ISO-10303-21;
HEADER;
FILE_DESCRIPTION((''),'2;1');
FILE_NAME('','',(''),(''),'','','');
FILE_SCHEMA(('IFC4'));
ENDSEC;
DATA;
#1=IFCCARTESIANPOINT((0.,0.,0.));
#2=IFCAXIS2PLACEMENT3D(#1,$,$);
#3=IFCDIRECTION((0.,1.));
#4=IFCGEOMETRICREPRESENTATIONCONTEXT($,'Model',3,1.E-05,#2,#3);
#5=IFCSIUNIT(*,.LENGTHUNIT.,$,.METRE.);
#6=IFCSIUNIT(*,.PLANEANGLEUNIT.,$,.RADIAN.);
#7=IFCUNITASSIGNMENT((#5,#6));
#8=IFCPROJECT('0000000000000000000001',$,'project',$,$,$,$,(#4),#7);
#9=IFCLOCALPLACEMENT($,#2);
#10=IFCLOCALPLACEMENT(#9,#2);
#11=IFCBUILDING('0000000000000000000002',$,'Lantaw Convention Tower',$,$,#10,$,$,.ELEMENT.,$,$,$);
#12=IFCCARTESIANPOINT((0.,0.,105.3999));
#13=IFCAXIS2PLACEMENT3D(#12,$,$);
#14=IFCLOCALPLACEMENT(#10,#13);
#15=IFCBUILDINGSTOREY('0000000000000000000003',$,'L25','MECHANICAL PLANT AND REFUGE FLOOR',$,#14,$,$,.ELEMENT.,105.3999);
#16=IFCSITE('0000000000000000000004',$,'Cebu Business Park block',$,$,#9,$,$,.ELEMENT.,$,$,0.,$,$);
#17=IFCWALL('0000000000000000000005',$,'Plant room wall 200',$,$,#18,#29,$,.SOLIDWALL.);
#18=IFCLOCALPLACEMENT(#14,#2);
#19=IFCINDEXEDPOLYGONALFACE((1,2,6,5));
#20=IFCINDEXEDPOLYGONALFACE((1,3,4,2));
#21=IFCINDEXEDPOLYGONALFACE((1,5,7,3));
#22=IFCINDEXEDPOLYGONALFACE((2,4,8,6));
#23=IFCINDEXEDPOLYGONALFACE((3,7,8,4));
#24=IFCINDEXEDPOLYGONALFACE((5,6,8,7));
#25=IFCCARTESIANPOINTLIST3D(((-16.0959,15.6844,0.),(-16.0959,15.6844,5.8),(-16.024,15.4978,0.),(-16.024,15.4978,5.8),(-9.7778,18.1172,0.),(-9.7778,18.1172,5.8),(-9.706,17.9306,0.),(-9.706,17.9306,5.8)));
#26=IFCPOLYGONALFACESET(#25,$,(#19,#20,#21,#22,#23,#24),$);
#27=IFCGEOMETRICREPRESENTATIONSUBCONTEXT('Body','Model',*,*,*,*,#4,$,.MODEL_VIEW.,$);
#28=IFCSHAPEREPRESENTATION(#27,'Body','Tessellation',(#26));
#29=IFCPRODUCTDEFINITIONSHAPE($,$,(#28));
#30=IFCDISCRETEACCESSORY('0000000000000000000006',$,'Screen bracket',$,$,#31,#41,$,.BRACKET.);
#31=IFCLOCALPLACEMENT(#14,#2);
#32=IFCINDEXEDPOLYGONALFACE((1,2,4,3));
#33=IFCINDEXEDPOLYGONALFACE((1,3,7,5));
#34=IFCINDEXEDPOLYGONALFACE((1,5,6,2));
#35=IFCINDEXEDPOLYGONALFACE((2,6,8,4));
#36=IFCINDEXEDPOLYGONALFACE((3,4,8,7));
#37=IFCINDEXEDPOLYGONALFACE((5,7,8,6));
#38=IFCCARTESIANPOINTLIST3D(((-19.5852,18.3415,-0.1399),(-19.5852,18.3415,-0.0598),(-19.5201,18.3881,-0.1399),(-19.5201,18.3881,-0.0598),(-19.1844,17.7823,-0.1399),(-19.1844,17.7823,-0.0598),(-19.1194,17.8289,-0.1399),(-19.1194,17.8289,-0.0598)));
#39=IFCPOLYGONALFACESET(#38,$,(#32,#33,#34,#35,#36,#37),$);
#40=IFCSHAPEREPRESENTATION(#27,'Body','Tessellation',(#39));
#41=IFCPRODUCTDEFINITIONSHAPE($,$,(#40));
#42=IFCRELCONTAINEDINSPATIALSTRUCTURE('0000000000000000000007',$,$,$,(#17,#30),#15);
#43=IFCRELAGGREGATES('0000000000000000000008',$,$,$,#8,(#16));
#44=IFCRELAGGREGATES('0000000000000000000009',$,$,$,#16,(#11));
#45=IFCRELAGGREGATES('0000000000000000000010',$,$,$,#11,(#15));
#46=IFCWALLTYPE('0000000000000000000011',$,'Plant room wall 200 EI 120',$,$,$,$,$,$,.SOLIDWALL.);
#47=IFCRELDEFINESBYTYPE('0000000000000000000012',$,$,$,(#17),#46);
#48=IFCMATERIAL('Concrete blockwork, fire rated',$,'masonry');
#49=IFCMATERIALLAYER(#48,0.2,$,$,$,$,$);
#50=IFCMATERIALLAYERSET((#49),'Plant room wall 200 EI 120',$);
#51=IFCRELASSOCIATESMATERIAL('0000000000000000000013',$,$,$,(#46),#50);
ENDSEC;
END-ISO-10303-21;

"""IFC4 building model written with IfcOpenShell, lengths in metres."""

from ifc_helpers import new_model, si_unit, direction, frame, frame_2d, origin, origin_2d, place, context, subcontext, project, spatial, rectangle, extrude, material, layer, layer_set, type_object, element, save


model = new_model("IFC4")

# Units and contexts
model_context = context("Model", 3, precision=1e-05, world=origin(), true_north=direction((0.0, 1.0)))
body_context = subcontext(model_context, "Body", "Model", "MODEL_VIEW")
ifc_project = project(units=[si_unit("LENGTHUNIT", "METRE"), si_unit("PLANEANGLEUNIT", "RADIAN")], contexts=[model_context])

# Site, building, storey
site_placement = place(None, origin())
site = spatial("IfcSite", under=ifc_project, at=site_placement, Name="Cebu Business Park block", CompositionType="ELEMENT", RefElevation=0.0)
building_placement = place(site_placement, origin())
building = spatial("IfcBuilding", under=site, at=building_placement, Name="Lantaw Convention Tower", CompositionType="ELEMENT")
storey_placement = place(building_placement, frame((0.0, 0.0, 105.3999)))
storey = spatial("IfcBuildingStorey", under=building, at=storey_placement, Name="L25", Description="MECHANICAL PLANT AND REFUGE FLOOR", CompositionType="ELEMENT", Elevation=105.3999)

# Wall
ifc_material_1 = material(Name="Concrete blockwork, fire rated", Category="masonry")
ifc_layer_1 = layer(ifc_material_1, 0.2)
ifc_layer_set_1 = layer_set([ifc_layer_1], Name="Plant room wall 200 EI 120")
wall_type = type_object("IfcWallType", Name="Plant room wall 200 EI 120", PredefinedType="SOLIDWALL", material=ifc_layer_set_1)
wall_placement = place(storey_placement, frame((-16.0601, 15.5911, 0.0), z_axis=(0.0, 0.0, 1.0), x_axis=(0.933206, 0.359342, 0.0)))
element("IfcWall", 1, at=wall_placement, inside=storey, type_object=wall_type, Name="Plant room wall 200", PredefinedType="SOLIDWALL", context=body_context, shape_type="SweptSolid", body=[
    extrude(rectangle(XDim=6.7703, YDim=0.2, at=frame_2d((3.3853, 0.0))), origin(), (0.0, 0.0, 1.0), 5.8),
])

# Discrete accessory
discrete_accessory_placement = place(storey_placement, frame((-19.3523, 18.0852, -0.1399), z_axis=(0.0, 0.0, 1.0), x_axis=(-0.812804, -0.582538, 0.0)))
element("IfcDiscreteAccessory", 2, at=discrete_accessory_placement, inside=storey, Name="Screen bracket", PredefinedType="BRACKET", context=body_context, shape_type="SweptSolid", body=[
    extrude(rectangle(XDim=0.0801, YDim=0.688, at=origin_2d()), origin(), (0.0, 0.0, 1.0), 0.0801),
])

save(model, "model.ifc")
